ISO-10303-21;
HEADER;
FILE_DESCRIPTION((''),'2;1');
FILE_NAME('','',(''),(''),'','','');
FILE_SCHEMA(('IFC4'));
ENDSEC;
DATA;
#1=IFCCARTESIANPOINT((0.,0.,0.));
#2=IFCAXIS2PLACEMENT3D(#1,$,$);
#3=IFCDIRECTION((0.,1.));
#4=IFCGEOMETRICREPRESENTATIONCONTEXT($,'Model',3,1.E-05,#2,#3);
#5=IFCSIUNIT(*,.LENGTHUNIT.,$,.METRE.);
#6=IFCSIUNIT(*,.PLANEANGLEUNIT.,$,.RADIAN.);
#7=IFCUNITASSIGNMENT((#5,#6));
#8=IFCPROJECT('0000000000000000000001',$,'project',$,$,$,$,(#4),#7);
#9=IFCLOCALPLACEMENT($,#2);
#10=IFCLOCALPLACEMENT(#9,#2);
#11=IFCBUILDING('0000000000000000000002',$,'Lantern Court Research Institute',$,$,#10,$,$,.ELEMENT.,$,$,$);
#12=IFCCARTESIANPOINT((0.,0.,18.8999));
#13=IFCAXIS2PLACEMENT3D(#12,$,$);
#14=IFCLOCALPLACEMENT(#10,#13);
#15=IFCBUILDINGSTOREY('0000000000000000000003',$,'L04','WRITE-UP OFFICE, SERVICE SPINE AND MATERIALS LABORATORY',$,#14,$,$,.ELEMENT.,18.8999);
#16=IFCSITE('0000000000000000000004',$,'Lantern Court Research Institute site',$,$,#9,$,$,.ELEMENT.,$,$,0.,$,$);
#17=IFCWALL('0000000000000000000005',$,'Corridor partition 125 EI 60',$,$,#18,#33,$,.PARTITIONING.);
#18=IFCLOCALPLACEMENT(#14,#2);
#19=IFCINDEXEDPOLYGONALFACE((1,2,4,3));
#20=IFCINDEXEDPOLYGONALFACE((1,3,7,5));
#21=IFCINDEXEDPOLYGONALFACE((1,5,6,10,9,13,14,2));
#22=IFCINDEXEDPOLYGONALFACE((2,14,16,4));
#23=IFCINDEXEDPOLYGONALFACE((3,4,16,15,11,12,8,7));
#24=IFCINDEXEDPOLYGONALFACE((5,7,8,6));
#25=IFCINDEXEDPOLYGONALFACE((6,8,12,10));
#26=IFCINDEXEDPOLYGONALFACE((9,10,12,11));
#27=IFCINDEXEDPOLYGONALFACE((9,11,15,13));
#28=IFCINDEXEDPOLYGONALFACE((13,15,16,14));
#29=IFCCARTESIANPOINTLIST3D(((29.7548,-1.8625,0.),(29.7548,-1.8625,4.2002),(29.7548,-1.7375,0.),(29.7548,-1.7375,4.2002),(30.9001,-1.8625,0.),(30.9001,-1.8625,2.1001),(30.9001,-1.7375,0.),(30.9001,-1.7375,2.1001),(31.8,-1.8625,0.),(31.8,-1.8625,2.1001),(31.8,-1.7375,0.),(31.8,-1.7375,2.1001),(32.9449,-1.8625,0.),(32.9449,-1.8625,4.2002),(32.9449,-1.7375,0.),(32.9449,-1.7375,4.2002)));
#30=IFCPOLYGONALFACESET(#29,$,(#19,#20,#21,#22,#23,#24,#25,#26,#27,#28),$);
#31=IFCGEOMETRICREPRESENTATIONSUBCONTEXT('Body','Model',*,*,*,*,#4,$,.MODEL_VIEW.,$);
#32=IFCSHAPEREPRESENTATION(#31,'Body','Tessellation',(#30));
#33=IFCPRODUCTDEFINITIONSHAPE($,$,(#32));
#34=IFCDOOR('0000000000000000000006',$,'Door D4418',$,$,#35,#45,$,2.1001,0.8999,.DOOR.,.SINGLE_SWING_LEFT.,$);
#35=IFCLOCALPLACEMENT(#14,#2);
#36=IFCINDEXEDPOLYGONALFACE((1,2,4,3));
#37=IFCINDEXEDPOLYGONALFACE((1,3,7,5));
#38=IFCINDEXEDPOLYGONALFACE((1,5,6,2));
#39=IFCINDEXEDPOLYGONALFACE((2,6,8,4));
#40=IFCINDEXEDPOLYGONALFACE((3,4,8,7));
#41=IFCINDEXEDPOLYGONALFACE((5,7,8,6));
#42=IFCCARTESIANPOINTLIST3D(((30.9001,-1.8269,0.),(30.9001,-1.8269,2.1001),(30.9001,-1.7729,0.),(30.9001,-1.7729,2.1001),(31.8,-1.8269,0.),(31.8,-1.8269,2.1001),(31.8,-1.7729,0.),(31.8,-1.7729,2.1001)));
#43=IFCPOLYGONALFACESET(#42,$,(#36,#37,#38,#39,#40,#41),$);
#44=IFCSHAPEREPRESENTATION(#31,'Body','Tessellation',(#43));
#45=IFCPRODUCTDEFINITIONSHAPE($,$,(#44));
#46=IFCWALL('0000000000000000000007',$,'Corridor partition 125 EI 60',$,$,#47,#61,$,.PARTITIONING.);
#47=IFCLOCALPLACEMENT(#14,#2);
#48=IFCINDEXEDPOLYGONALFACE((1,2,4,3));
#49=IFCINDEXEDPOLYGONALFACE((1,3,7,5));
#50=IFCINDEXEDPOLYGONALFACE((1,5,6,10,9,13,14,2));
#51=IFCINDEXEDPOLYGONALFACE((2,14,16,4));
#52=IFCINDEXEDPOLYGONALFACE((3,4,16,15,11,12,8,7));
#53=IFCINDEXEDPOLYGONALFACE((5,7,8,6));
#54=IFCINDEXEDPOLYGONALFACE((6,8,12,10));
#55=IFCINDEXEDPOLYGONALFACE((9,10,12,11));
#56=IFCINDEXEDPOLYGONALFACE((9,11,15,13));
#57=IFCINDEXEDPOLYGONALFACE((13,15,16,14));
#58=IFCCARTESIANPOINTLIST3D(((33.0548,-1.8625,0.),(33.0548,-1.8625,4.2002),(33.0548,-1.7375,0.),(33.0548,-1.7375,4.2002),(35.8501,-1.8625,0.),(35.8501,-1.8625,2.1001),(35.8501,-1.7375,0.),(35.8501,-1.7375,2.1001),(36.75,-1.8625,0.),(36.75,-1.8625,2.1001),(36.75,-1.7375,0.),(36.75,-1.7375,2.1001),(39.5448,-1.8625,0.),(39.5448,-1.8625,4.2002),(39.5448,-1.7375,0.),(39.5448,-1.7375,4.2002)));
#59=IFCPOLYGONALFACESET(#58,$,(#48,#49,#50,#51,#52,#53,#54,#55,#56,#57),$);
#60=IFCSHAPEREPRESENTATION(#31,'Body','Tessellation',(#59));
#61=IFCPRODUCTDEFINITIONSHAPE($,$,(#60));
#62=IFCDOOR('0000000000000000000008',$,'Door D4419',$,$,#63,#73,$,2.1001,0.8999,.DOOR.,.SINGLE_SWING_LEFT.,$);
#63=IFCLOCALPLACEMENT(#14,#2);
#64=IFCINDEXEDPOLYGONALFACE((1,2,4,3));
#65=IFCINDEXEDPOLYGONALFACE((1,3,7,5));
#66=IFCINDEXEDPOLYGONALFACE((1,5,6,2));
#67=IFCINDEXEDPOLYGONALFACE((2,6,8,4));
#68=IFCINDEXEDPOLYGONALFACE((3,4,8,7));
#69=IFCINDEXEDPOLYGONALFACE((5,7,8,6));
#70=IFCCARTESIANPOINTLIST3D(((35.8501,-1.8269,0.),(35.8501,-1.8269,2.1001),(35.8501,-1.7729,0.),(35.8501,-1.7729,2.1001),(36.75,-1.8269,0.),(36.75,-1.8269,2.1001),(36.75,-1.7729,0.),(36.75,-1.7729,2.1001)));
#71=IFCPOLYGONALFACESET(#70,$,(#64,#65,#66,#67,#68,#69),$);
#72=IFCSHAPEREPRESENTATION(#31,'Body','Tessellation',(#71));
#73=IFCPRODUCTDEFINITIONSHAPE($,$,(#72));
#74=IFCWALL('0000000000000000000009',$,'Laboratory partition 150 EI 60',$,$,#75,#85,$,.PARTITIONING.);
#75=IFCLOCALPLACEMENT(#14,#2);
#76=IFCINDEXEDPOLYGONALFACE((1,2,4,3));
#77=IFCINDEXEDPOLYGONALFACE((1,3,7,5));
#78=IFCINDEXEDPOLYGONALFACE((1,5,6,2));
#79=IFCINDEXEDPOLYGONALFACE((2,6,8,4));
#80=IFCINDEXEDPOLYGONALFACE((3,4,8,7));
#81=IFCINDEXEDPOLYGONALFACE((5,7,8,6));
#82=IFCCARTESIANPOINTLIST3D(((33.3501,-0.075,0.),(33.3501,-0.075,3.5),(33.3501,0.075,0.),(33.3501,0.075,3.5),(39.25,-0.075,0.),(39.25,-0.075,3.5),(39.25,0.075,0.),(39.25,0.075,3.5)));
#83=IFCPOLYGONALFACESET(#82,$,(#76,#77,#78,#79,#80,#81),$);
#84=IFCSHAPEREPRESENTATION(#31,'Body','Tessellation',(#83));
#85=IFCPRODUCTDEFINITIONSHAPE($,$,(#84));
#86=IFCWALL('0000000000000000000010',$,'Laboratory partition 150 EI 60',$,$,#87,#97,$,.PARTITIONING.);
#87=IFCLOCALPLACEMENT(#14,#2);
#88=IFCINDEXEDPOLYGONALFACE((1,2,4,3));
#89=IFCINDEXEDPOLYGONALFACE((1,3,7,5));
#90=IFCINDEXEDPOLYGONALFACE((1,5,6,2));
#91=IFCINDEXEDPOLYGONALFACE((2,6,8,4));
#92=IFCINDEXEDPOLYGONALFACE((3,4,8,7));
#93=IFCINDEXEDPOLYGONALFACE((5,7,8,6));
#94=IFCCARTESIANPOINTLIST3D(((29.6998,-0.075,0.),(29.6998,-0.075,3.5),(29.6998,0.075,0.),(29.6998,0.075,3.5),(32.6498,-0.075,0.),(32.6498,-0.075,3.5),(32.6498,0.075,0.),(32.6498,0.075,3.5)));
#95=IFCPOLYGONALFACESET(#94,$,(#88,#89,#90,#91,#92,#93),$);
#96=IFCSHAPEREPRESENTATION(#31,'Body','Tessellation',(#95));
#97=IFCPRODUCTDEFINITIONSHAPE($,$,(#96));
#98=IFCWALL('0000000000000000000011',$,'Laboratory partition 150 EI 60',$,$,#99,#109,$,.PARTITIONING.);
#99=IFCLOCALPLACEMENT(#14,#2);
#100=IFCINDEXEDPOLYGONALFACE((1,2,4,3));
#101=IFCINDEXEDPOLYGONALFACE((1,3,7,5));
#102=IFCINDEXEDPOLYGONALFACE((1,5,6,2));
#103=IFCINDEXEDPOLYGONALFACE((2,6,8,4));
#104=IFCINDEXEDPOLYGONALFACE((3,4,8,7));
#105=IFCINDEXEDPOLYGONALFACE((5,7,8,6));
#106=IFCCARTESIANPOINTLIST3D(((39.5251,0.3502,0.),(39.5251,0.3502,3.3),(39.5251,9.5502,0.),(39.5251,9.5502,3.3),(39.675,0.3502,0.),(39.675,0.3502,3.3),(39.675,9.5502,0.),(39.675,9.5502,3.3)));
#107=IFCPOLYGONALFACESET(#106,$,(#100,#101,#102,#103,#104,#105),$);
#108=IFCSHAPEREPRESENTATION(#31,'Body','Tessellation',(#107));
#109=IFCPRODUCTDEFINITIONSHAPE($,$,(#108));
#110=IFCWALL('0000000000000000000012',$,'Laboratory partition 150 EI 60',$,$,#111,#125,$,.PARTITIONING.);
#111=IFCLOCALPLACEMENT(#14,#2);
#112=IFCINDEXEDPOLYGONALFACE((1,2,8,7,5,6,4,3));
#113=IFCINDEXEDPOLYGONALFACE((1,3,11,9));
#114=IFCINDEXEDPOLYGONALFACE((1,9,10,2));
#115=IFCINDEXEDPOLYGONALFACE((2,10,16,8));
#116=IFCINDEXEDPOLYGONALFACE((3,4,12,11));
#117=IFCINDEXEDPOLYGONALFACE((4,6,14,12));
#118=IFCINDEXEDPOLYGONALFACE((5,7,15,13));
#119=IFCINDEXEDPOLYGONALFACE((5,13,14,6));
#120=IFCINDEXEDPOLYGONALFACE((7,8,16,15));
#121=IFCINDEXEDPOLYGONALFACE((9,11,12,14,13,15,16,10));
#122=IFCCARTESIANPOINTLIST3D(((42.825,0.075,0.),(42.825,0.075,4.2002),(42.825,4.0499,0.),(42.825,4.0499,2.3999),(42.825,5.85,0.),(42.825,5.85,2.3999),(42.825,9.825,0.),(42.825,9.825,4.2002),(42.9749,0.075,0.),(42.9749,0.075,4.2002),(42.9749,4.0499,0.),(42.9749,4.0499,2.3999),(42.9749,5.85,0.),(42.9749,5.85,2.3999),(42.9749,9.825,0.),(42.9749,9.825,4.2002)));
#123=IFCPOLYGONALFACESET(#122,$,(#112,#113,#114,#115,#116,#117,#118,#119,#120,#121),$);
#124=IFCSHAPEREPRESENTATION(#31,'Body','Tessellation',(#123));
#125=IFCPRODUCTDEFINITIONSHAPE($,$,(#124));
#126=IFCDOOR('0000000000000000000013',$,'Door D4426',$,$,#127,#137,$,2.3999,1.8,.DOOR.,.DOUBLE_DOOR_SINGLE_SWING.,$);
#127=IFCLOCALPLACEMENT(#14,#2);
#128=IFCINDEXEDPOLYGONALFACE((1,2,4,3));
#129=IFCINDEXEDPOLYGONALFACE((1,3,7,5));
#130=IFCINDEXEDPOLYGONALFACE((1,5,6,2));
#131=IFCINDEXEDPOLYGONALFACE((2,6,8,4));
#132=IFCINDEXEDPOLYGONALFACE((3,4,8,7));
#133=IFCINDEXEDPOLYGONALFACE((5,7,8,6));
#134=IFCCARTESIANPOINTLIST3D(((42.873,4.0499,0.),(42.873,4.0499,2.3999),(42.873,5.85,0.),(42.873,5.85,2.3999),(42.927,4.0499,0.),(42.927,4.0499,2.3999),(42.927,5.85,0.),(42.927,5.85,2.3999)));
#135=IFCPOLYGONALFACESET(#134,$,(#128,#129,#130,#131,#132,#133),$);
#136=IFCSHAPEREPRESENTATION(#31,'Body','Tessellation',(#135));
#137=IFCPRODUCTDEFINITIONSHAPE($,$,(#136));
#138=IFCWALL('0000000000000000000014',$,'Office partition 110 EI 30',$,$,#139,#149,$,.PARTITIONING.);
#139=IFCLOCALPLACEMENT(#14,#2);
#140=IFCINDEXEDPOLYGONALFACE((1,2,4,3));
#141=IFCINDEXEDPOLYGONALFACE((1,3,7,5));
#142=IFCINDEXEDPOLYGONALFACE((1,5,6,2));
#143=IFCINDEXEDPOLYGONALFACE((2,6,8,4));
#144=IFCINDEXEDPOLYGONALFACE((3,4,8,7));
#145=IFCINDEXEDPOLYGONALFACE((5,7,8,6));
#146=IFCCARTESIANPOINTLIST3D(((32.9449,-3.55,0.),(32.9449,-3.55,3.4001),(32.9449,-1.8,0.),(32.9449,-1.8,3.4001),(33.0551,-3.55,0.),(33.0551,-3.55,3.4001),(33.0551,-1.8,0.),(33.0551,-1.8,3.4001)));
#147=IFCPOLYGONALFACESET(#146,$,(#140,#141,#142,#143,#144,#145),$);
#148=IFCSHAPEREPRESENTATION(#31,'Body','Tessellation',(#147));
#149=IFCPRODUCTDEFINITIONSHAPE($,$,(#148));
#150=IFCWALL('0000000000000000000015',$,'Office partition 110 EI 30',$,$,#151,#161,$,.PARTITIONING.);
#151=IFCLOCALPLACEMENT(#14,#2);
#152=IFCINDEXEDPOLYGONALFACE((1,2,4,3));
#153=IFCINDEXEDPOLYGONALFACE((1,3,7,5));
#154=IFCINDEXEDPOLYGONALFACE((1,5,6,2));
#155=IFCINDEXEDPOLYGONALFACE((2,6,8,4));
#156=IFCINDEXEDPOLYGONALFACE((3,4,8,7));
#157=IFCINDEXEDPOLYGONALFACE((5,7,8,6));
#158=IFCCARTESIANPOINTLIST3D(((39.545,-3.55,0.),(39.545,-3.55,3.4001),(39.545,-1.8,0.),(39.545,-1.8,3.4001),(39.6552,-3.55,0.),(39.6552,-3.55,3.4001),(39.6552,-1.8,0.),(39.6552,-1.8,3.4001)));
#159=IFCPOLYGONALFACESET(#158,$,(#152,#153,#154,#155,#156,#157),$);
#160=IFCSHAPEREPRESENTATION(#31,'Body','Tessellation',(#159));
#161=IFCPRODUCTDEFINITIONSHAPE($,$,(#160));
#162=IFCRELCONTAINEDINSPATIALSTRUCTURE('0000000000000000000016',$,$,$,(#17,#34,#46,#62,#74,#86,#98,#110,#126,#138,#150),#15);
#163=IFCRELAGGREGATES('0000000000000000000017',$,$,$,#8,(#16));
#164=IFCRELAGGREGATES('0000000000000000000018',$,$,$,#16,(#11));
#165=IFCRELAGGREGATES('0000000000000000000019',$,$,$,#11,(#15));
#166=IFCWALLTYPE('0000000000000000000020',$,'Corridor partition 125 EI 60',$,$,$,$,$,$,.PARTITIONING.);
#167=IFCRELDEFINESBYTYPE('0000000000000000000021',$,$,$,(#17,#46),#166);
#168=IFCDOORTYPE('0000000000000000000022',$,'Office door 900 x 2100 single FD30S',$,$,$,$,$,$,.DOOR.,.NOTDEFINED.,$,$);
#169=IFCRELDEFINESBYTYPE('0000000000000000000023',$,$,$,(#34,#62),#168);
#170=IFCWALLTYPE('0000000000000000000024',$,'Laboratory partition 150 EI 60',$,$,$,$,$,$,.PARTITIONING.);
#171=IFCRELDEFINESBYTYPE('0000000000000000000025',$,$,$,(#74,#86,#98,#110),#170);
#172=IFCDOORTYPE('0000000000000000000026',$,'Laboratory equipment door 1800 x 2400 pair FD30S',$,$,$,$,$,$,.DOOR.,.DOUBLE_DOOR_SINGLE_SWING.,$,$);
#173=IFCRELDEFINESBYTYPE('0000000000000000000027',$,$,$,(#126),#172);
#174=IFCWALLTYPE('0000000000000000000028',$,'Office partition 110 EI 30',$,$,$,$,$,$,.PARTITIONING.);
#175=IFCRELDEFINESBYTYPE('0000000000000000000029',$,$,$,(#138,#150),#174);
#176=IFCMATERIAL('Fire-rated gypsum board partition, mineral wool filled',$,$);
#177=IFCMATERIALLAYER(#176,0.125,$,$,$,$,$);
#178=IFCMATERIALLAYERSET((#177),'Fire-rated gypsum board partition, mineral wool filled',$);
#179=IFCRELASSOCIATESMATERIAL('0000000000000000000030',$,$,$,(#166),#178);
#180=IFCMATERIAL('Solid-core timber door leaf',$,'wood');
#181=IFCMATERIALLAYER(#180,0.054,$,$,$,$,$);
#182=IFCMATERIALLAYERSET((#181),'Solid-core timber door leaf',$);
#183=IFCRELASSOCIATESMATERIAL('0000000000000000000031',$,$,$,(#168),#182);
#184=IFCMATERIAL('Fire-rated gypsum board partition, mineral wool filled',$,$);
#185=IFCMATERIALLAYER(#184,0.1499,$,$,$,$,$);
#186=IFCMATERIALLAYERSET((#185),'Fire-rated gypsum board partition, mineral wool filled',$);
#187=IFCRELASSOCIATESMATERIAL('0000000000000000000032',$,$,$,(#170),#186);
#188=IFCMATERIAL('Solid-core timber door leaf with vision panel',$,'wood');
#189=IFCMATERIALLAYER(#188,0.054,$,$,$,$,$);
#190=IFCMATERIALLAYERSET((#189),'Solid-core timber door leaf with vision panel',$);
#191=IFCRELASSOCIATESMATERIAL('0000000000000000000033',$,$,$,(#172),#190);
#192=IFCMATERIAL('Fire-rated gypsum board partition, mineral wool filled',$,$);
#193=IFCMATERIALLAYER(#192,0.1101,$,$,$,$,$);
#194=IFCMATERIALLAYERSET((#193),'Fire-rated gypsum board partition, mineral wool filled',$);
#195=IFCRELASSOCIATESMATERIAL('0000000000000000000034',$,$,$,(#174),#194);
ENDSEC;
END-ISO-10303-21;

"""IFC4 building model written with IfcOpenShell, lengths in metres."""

from ifc_helpers import new_model, si_unit, direction, frame, frame_2d, origin, place, context, subcontext, project, spatial, rectangle, extrude, material, layer, layer_set, type_object, element, fill, save


model = new_model("IFC4")

# Units and contexts
model_context = context("Model", 3, precision=1e-05, world=origin(), true_north=direction((0.0, 1.0)))
body_context = subcontext(model_context, "Body", "Model", "MODEL_VIEW")
ifc_project = project(units=[si_unit("LENGTHUNIT", "METRE"), si_unit("PLANEANGLEUNIT", "RADIAN")], contexts=[model_context])

# Site, building, storey
site_placement = place(None, origin())
site = spatial("IfcSite", under=ifc_project, at=site_placement, Name="Lantern Court Research Institute site", CompositionType="ELEMENT", RefElevation=0.0)
building_placement = place(site_placement, origin())
building = spatial("IfcBuilding", under=site, at=building_placement, Name="Lantern Court Research Institute", CompositionType="ELEMENT")
storey_placement = place(building_placement, frame((0.0, 0.0, 18.8999)))
storey = spatial("IfcBuildingStorey", under=building, at=storey_placement, Name="L04", Description="WRITE-UP OFFICE, SERVICE SPINE AND MATERIALS LABORATORY", CompositionType="ELEMENT", Elevation=18.8999)

# Walls, openings, doors
ifc_material_1 = material(Name="Fire-rated gypsum board partition, mineral wool filled")
ifc_layer_1 = layer(ifc_material_1, 0.125)
ifc_layer_set_1 = layer_set([ifc_layer_1], Name="Fire-rated gypsum board partition, mineral wool filled")
wall_type_1 = type_object("IfcWallType", Name="Corridor partition 125 EI 60", PredefinedType="PARTITIONING", material=ifc_layer_set_1)
wall_1_placement = place(storey_placement, frame((32.9451, -1.8, 0.0), z_axis=(0.0, 0.0, 1.0), x_axis=(-1.0, 0.0, 0.0)))
wall_1 = element("IfcWall", 1, at=wall_1_placement, inside=storey, type_object=wall_type_1, Name="Corridor partition 125 EI 60", PredefinedType="PARTITIONING", context=body_context, shape_type="SweptSolid", body=[
    extrude(rectangle(XDim=3.1902, YDim=0.125, at=frame_2d((1.5952, 0.0))), origin(), (0.0, 0.0, 1.0), 4.2002),
])
opening_1_placement = place(wall_1_placement, frame((1.145, 0.0, 0.0)))
opening_1 = element("IfcOpeningElement", 2, at=opening_1_placement, cuts=wall_1, PredefinedType="OPENING", context=body_context, shape_type="SweptSolid", body=[
    extrude(rectangle(XDim=0.8999, YDim=2.1001, at=frame_2d((0.45, 1.05))), frame((0.0, 0.0725, 0.0), z_axis=(0.0, -1.0, 0.0), x_axis=(1.0, 0.0, 0.0)), (0.0, 0.0, 1.0), 0.145),
])
ifc_material_2 = material(Name="Solid-core timber door leaf", Category="wood")
ifc_layer_2 = layer(ifc_material_2, 0.054)
ifc_layer_set_2 = layer_set([ifc_layer_2], Name="Solid-core timber door leaf")
door_type_1 = type_object("IfcDoorType", Name="Office door 900 x 2100 single FD30S", OperationType="NOTDEFINED", PredefinedType="DOOR", material=ifc_layer_set_2)
door_1_placement = place(opening_1_placement, origin())
door_1 = element("IfcDoor", 3, at=door_1_placement, inside=storey, type_object=door_type_1, Name="Door D4418", OperationType="SINGLE_SWING_LEFT", OverallHeight=2.1001, OverallWidth=0.8999, PredefinedType="DOOR", context=body_context, shape_type="SweptSolid", body=[
    extrude(rectangle(XDim=0.8999, YDim=2.1001, at=frame_2d((0.45, 1.05))), frame((0.0, 0.0269, 0.0), z_axis=(0.0, -1.0, 0.0), x_axis=(1.0, 0.0, 0.0)), (0.0, 0.0, 1.0), 0.054),
])
fill(opening_1, door_1)
wall_2_placement = place(storey_placement, frame((39.5449, -1.8, 0.0), z_axis=(0.0, 0.0, 1.0), x_axis=(-1.0, 0.0, 0.0)))
wall_2 = element("IfcWall", 4, at=wall_2_placement, inside=storey, type_object=wall_type_1, Name="Corridor partition 125 EI 60", PredefinedType="PARTITIONING", context=body_context, shape_type="SweptSolid", body=[
    extrude(rectangle(XDim=6.49, YDim=0.125, at=frame_2d((3.2451, 0.0))), origin(), (0.0, 0.0, 1.0), 4.2002),
])
opening_2_placement = place(wall_2_placement, frame((2.7949, 0.0, 0.0)))
opening_2 = element("IfcOpeningElement", 5, at=opening_2_placement, cuts=wall_2, PredefinedType="OPENING", context=body_context, shape_type="SweptSolid", body=[
    extrude(rectangle(XDim=0.8999, YDim=2.1001, at=frame_2d((0.45, 1.05))), frame((0.0, 0.0725, 0.0), z_axis=(0.0, -1.0, 0.0), x_axis=(1.0, 0.0, 0.0)), (0.0, 0.0, 1.0), 0.145),
])
door_2_placement = place(opening_2_placement, origin())
door_2 = element("IfcDoor", 6, at=door_2_placement, inside=storey, type_object=door_type_1, Name="Door D4419", OperationType="SINGLE_SWING_LEFT", OverallHeight=2.1001, OverallWidth=0.8999, PredefinedType="DOOR", context=body_context, shape_type="SweptSolid", body=[
    extrude(rectangle(XDim=0.8999, YDim=2.1001, at=frame_2d((0.45, 1.05))), frame((0.0, 0.0269, 0.0), z_axis=(0.0, -1.0, 0.0), x_axis=(1.0, 0.0, 0.0)), (0.0, 0.0, 1.0), 0.054),
])
fill(opening_2, door_2)

# Walls
ifc_material_3 = material(Name="Fire-rated gypsum board partition, mineral wool filled")
ifc_layer_3 = layer(ifc_material_3, 0.1499)
ifc_layer_set_3 = layer_set([ifc_layer_3], Name="Fire-rated gypsum board partition, mineral wool filled")
wall_type_2 = type_object("IfcWallType", Name="Laboratory partition 150 EI 60", PredefinedType="PARTITIONING", material=ifc_layer_set_3)
wall_3_placement = place(storey_placement, frame((39.25, 0.0, 0.0), z_axis=(0.0, 0.0, 1.0), x_axis=(-1.0, 0.0, 0.0)))
element("IfcWall", 7, at=wall_3_placement, inside=storey, type_object=wall_type_2, Name="Laboratory partition 150 EI 60", PredefinedType="PARTITIONING", context=body_context, shape_type="SweptSolid", body=[
    extrude(rectangle(XDim=5.8999, YDim=0.1499, at=frame_2d((2.95, 0.0))), origin(), (0.0, 0.0, 1.0), 3.5),
])
wall_4_placement = place(storey_placement, frame((32.6499, 0.0, 0.0), z_axis=(0.0, 0.0, 1.0), x_axis=(-1.0, 0.0, 0.0)))
element("IfcWall", 8, at=wall_4_placement, inside=storey, type_object=wall_type_2, Name="Laboratory partition 150 EI 60", PredefinedType="PARTITIONING", context=body_context, shape_type="SweptSolid", body=[
    extrude(rectangle(XDim=2.95, YDim=0.1499, at=frame_2d((1.4751, 0.0))), origin(), (0.0, 0.0, 1.0), 3.5),
])
wall_5_placement = place(storey_placement, frame((39.6001, 0.3501, 0.0), z_axis=(0.0, 0.0, 1.0), x_axis=(0.0, 1.0, 0.0)))
element("IfcWall", 9, at=wall_5_placement, inside=storey, type_object=wall_type_2, Name="Laboratory partition 150 EI 60", PredefinedType="PARTITIONING", context=body_context, shape_type="SweptSolid", body=[
    extrude(rectangle(XDim=9.2, YDim=0.1499, at=frame_2d((4.6001, 0.0))), origin(), (0.0, 0.0, 1.0), 3.3),
])

# Wall, opening, door
wall_6_placement = place(storey_placement, frame((42.8999, 0.075, 0.0), z_axis=(0.0, 0.0, 1.0), x_axis=(0.0, 1.0, 0.0)))
wall_6 = element("IfcWall", 10, at=wall_6_placement, inside=storey, type_object=wall_type_2, Name="Laboratory partition 150 EI 60", PredefinedType="PARTITIONING", context=body_context, shape_type="SweptSolid", body=[
    extrude(rectangle(XDim=9.75, YDim=0.1499, at=frame_2d((4.875, 0.0))), origin(), (0.0, 0.0, 1.0), 4.2002),
])
opening_3_placement = place(wall_6_placement, frame((3.9751, 0.0, 0.0)))
opening_3 = element("IfcOpeningElement", 11, at=opening_3_placement, cuts=wall_6, PredefinedType="OPENING", context=body_context, shape_type="SweptSolid", body=[
    extrude(rectangle(XDim=1.8, YDim=2.3999, at=frame_2d((0.8999, 1.2))), frame((0.0, 0.085, 0.0), z_axis=(0.0, -1.0, 0.0), x_axis=(1.0, 0.0, 0.0)), (0.0, 0.0, 1.0), 0.1699),
])
ifc_material_4 = material(Name="Solid-core timber door leaf with vision panel", Category="wood")
ifc_layer_4 = layer(ifc_material_4, 0.054)
ifc_layer_set_4 = layer_set([ifc_layer_4], Name="Solid-core timber door leaf with vision panel")
door_type_2 = type_object("IfcDoorType", Name="Laboratory equipment door 1800 x 2400 pair FD30S", OperationType="DOUBLE_DOOR_SINGLE_SWING", PredefinedType="DOOR", material=ifc_layer_set_4)
door_3_placement = place(opening_3_placement, origin())
door_3 = element("IfcDoor", 12, at=door_3_placement, inside=storey, type_object=door_type_2, Name="Door D4426", OperationType="DOUBLE_DOOR_SINGLE_SWING", OverallHeight=2.3999, OverallWidth=1.8, PredefinedType="DOOR", context=body_context, shape_type="SweptSolid", body=[
    extrude(rectangle(XDim=1.8, YDim=2.3999, at=frame_2d((0.8999, 1.2))), frame((0.0, 0.0269, 0.0), z_axis=(0.0, -1.0, 0.0), x_axis=(1.0, 0.0, 0.0)), (0.0, 0.0, 1.0), 0.054),
])
fill(opening_3, door_3)

# Walls
ifc_material_5 = material(Name="Fire-rated gypsum board partition, mineral wool filled")
ifc_layer_5 = layer(ifc_material_5, 0.1101)
ifc_layer_set_5 = layer_set([ifc_layer_5], Name="Fire-rated gypsum board partition, mineral wool filled")
wall_type_3 = type_object("IfcWallType", Name="Office partition 110 EI 30", PredefinedType="PARTITIONING", material=ifc_layer_set_5)
for number, where, z_axis, x_axis, name in (
    (13, (33.0, -3.55, 0.0), (0.0, 0.0, 1.0), (0.0, 1.0, 0.0), "Office partition 110 EI 30"),
    (14, (39.6001, -3.55, 0.0), (0.0, 0.0, 1.0), (0.0, 1.0, 0.0), "Office partition 110 EI 30"),
):
    element("IfcWall", number, at=place(storey_placement, frame(where, z_axis=z_axis, x_axis=x_axis)), inside=storey, type_object=wall_type_3, Name=name, PredefinedType="PARTITIONING", context=body_context, shape_type="SweptSolid", body=[
        extrude(rectangle(XDim=1.75, YDim=0.1101, at=frame_2d((0.875, 0.0))), origin(), (0.0, 0.0, 1.0), 3.4001),
    ])

save(model, "model.ifc")
